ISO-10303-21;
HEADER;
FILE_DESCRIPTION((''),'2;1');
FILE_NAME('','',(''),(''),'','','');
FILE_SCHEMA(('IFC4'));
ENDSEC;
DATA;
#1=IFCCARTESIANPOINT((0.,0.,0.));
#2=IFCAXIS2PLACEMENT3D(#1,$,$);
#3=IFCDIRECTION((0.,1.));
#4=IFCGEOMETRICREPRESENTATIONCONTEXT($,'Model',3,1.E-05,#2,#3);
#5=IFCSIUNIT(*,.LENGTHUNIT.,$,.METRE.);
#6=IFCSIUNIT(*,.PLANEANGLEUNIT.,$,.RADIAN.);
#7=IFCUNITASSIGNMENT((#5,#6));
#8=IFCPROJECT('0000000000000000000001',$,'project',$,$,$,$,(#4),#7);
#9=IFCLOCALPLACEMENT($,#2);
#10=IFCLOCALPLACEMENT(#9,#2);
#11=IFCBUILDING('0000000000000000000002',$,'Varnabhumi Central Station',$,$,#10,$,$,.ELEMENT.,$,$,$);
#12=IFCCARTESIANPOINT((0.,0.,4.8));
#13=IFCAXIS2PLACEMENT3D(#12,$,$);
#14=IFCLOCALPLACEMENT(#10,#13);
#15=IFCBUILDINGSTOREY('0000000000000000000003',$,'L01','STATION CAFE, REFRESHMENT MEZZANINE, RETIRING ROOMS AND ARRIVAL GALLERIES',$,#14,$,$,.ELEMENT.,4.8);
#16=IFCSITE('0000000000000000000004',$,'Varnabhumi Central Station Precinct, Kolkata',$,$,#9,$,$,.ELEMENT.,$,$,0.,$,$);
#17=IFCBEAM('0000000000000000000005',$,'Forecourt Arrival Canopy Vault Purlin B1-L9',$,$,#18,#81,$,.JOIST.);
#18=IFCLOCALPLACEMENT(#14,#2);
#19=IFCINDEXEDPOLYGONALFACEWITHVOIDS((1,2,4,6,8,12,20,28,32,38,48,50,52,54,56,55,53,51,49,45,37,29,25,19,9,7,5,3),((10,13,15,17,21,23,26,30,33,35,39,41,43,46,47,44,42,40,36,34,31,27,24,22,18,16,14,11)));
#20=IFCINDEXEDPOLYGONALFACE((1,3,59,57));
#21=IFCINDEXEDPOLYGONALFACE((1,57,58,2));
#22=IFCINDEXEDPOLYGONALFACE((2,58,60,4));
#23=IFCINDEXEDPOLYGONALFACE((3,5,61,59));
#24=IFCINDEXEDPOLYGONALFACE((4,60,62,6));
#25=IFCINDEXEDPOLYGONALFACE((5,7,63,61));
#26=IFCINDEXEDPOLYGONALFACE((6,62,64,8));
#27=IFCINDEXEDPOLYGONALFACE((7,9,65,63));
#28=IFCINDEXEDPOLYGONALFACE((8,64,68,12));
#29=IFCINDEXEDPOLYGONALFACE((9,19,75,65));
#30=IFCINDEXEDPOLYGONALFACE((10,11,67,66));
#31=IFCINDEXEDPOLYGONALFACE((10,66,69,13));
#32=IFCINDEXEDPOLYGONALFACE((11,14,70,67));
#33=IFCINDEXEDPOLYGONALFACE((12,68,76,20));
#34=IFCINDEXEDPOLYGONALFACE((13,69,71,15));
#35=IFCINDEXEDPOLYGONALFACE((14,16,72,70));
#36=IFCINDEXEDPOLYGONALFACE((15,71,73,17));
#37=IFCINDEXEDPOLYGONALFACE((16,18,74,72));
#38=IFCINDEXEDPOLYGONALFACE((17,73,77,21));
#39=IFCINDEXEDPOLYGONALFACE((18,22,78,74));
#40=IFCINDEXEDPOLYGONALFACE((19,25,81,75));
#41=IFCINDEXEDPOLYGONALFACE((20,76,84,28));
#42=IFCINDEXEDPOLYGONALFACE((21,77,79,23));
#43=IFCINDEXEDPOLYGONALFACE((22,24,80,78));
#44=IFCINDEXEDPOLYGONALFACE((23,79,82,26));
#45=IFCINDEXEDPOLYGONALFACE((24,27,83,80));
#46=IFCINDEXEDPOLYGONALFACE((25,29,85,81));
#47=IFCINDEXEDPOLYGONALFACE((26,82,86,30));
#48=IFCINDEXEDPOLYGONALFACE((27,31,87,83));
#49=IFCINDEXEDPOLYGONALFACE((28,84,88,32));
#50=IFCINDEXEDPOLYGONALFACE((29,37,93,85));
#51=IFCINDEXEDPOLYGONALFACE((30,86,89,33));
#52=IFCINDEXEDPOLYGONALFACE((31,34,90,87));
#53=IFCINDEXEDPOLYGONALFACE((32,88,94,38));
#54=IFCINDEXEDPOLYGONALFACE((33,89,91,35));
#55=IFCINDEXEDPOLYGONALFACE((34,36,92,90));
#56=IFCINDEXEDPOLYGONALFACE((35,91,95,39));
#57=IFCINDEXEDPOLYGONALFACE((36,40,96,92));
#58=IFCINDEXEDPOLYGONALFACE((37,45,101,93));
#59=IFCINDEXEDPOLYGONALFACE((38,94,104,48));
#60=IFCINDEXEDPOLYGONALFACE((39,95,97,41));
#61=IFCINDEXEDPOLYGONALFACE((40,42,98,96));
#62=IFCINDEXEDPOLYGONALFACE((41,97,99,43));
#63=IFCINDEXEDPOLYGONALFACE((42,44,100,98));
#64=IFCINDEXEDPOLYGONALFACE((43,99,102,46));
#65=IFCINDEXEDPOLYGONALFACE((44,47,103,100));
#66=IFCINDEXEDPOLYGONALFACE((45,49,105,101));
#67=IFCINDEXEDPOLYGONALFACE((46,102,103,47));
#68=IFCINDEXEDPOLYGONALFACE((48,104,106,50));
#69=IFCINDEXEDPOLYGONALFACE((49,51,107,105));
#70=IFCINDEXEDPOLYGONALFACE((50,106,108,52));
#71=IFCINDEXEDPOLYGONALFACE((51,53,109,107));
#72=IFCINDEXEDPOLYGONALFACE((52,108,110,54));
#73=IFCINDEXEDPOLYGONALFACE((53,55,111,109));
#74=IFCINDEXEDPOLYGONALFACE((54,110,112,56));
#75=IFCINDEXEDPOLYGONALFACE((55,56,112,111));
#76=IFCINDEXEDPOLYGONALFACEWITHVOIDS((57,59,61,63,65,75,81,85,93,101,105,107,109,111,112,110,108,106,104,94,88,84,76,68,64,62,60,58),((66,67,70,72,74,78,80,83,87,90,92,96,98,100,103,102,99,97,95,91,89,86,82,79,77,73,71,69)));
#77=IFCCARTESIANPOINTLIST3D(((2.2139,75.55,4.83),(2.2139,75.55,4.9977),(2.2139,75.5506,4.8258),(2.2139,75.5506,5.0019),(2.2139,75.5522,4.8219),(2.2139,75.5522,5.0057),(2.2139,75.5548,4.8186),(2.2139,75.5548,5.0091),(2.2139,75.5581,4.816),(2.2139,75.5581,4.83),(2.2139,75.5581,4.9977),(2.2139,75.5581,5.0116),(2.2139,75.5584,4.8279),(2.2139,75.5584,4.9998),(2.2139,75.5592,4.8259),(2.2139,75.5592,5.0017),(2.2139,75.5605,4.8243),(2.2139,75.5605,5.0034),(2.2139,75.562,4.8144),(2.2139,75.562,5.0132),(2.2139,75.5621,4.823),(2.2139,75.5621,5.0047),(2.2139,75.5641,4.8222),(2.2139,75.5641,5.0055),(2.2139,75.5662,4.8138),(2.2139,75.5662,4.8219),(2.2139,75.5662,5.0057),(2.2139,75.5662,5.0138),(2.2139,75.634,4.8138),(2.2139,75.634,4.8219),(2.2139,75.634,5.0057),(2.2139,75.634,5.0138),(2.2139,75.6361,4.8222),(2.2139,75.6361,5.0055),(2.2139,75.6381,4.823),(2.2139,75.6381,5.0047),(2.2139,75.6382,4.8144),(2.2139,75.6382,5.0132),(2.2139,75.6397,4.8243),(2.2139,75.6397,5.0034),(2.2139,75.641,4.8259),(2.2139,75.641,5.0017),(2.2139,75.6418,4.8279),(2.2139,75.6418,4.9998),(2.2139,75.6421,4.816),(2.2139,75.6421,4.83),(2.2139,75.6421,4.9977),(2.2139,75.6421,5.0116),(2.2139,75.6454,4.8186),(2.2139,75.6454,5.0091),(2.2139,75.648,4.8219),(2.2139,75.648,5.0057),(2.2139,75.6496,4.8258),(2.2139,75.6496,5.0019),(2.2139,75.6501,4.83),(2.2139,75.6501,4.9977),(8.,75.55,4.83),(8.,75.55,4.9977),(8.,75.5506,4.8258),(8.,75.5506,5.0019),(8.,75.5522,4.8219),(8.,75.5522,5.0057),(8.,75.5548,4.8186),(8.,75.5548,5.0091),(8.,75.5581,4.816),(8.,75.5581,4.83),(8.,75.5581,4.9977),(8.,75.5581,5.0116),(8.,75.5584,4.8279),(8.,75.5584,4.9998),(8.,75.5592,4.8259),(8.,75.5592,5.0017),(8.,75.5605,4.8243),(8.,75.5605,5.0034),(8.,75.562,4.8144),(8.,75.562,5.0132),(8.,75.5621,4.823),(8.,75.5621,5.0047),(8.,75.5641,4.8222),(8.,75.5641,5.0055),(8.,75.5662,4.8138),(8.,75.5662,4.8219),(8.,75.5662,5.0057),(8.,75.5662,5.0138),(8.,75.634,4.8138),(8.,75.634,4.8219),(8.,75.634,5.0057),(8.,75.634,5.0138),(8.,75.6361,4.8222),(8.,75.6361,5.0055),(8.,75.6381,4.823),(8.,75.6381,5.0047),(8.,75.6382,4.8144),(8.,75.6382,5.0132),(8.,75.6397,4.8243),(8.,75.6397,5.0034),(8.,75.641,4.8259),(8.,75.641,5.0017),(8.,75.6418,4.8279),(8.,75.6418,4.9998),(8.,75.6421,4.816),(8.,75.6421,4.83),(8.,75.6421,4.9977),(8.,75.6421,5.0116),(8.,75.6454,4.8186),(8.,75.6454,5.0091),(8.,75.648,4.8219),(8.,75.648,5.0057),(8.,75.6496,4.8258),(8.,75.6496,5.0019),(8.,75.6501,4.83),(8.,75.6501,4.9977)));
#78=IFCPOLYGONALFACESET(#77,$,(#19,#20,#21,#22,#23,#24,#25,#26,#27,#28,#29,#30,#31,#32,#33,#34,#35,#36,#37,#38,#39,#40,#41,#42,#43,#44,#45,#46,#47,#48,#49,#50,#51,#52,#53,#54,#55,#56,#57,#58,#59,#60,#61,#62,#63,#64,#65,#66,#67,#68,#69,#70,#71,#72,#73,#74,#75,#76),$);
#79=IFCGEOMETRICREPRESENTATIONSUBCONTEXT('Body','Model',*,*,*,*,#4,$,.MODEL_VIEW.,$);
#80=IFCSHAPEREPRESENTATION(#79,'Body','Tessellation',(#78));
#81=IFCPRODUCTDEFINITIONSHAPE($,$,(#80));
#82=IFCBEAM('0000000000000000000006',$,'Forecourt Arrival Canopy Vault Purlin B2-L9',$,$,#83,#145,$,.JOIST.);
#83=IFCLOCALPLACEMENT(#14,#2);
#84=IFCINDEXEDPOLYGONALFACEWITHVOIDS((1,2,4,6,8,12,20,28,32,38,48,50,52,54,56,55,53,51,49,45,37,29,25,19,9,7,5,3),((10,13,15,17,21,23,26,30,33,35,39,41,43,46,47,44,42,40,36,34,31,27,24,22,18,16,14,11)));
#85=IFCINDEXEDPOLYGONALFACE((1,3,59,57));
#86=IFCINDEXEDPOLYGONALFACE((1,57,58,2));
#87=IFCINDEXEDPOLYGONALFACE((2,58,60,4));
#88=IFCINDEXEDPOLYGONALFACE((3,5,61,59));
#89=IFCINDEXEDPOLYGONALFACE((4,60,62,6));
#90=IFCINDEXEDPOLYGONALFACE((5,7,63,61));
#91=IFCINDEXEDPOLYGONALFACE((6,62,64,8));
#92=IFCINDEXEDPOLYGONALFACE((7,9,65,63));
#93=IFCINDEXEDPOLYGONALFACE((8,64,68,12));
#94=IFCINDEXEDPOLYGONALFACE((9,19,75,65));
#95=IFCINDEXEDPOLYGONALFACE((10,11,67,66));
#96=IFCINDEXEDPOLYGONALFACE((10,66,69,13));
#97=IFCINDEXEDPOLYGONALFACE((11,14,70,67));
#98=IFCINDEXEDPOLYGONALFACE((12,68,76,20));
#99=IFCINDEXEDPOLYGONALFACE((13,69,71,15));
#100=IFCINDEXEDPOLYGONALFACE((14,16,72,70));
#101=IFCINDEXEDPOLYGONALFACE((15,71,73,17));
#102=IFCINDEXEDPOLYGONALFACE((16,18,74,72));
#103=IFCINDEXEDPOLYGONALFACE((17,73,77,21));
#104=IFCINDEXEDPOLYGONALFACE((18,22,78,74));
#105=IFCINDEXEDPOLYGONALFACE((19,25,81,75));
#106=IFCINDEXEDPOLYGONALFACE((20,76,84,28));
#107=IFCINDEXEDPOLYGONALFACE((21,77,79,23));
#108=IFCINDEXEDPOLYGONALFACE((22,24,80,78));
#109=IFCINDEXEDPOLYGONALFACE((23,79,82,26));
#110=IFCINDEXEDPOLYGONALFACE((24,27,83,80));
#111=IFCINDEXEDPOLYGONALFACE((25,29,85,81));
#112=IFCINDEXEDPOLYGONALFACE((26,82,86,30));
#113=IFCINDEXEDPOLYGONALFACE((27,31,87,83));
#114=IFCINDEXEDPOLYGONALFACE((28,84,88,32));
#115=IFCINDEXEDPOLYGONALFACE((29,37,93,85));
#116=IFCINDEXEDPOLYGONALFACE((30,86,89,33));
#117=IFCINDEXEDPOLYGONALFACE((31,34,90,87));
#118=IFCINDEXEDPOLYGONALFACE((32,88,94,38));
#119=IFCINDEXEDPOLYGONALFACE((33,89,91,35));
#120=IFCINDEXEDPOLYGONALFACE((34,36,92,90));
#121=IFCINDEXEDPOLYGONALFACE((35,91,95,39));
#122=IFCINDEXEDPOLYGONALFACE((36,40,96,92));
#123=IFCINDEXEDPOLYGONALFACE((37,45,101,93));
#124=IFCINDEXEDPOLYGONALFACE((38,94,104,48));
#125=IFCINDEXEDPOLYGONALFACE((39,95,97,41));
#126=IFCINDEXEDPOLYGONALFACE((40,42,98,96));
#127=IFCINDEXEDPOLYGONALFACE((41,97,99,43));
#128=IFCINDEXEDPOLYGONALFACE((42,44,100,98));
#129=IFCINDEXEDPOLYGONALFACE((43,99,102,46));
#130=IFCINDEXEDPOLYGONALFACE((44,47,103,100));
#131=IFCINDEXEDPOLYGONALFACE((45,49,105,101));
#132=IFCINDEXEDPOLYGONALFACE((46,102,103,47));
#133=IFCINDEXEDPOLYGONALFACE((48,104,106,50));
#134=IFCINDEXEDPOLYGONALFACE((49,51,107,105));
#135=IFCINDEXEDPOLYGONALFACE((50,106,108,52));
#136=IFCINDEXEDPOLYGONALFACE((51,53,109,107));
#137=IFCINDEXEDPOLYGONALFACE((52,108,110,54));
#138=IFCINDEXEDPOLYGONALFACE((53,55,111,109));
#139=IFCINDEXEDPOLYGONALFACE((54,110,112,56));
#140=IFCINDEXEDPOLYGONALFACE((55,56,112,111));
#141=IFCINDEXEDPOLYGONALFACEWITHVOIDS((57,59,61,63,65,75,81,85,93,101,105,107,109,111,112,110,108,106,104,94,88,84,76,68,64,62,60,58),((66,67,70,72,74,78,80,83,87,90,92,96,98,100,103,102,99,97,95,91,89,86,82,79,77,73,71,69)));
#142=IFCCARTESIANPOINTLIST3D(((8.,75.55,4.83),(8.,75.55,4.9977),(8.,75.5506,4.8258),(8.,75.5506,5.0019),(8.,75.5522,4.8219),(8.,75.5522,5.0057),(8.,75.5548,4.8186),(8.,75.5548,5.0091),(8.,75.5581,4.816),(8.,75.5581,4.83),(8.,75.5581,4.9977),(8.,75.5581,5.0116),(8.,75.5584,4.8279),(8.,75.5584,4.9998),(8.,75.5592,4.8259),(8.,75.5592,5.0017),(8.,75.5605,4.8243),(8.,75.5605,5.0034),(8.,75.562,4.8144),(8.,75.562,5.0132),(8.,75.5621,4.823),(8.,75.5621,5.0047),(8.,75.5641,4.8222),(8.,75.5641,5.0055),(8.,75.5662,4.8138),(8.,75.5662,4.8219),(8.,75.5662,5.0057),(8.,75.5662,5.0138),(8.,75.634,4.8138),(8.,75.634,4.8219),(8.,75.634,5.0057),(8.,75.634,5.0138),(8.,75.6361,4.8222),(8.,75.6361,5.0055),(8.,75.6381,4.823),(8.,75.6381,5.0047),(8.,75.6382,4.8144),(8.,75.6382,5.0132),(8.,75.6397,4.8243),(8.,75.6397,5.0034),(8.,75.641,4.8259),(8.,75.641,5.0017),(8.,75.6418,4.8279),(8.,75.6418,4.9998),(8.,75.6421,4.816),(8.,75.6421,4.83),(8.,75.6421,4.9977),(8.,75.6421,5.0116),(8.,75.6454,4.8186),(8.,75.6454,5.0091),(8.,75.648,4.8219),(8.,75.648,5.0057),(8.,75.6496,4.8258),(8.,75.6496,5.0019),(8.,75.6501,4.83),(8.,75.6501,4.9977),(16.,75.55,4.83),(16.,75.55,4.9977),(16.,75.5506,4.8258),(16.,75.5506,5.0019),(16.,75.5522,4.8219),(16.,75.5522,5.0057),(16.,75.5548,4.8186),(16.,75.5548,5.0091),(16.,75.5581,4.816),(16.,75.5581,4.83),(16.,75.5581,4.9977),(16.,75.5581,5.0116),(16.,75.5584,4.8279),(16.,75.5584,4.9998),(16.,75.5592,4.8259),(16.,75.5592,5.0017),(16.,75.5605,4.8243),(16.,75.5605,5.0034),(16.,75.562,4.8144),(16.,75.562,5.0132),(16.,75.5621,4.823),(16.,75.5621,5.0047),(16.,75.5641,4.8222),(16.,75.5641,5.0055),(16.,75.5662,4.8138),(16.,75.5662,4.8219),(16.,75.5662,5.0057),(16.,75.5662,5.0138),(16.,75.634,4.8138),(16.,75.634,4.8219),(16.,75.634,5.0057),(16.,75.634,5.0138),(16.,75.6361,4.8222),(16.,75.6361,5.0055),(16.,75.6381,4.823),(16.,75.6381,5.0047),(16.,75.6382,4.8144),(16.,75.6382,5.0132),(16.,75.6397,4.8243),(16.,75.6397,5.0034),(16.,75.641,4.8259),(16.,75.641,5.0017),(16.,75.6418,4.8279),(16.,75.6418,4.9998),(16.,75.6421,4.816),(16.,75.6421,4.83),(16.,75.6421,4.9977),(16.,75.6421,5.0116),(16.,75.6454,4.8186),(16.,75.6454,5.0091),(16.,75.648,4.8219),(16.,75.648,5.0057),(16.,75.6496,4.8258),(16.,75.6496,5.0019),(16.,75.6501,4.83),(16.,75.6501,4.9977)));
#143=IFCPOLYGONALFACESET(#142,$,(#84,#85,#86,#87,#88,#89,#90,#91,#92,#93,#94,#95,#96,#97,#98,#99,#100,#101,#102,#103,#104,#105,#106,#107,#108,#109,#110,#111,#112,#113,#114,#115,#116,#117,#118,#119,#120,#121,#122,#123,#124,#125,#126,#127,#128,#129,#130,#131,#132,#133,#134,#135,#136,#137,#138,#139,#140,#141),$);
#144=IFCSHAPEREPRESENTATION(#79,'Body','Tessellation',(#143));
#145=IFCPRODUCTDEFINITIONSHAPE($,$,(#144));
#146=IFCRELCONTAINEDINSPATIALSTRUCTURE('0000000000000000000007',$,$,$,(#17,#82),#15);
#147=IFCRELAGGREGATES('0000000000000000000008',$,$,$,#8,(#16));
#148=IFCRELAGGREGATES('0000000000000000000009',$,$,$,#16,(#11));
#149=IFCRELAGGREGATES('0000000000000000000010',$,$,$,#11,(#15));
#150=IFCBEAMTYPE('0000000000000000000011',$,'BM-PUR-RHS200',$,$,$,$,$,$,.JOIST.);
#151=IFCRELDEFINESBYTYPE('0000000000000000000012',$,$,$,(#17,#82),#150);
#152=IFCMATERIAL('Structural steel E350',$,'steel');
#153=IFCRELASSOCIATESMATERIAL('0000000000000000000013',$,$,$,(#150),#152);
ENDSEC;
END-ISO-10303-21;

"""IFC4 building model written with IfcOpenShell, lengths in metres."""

from ifc_helpers import new_model, si_unit, direction, frame, origin, origin_2d, place, context, subcontext, project, spatial, hollow_rectangle, extrude, material, material_profile, profile_set, type_object, element, save


model = new_model("IFC4")

# Units and contexts
model_context = context("Model", 3, precision=1e-05, world=origin(), true_north=direction((0.0, 1.0)))
body_context = subcontext(model_context, "Body", "Model", "MODEL_VIEW")
ifc_project = project(units=[si_unit("LENGTHUNIT", "METRE"), si_unit("PLANEANGLEUNIT", "RADIAN")], contexts=[model_context])

# Site, building, storey
site_placement = place(None, origin())
site = spatial("IfcSite", under=ifc_project, at=site_placement, Name="Varnabhumi Central Station Precinct, Kolkata", CompositionType="ELEMENT", RefElevation=0.0)
building_placement = place(site_placement, origin())
building = spatial("IfcBuilding", under=site, at=building_placement, Name="Varnabhumi Central Station", CompositionType="ELEMENT")
storey_placement = place(building_placement, frame((0.0, 0.0, 4.8)))
storey = spatial("IfcBuildingStorey", under=building, at=storey_placement, Name="L01", Description="STATION CAFE, REFRESHMENT MEZZANINE, RETIRING ROOMS AND ARRIVAL GALLERIES", CompositionType="ELEMENT", Elevation=4.8)

# Beams
ifc_material_1 = material(Name="Structural steel E350", Category="steel")
ifc_material_profile_1 = material_profile(ifc_material_1, hollow_rectangle(XDim=0.1001, YDim=0.2, WallThickness=0.0081, InnerFilletRadius=0.0081, OuterFilletRadius=0.0161, at=origin_2d()), Name="Structural steel E350", Category="steel")
ifc_profile_set_1 = profile_set([ifc_material_profile_1], Name="Structural steel E350")
beam_type_1 = type_object("IfcBeamType", Name="BM-PUR-RHS200", PredefinedType="JOIST", material=ifc_profile_set_1)
beam_1_placement = place(storey_placement, frame((2.2139, 75.6001, 4.9138), z_axis=(1.0, 0.0, 0.0), x_axis=(0.0, 1.0, 0.0)))
element("IfcBeam", 1, at=beam_1_placement, inside=storey, type_object=beam_type_1, Name="Forecourt Arrival Canopy Vault Purlin B1-L9", PredefinedType="JOIST", context=body_context, shape_type="SweptSolid", body=[
    extrude(hollow_rectangle(XDim=0.1001, YDim=0.2, WallThickness=0.0081, InnerFilletRadius=0.0081, OuterFilletRadius=0.0161, at=origin_2d()), origin(), (0.0, 0.0, 1.0), 5.7861),
])
beam_2_placement = place(storey_placement, frame((8.0, 75.6001, 4.9138), z_axis=(1.0, 0.0, 0.0), x_axis=(0.0, 1.0, 0.0)))
element("IfcBeam", 2, at=beam_2_placement, inside=storey, type_object=beam_type_1, Name="Forecourt Arrival Canopy Vault Purlin B2-L9", PredefinedType="JOIST", context=body_context, shape_type="SweptSolid", body=[
    extrude(hollow_rectangle(XDim=0.1001, YDim=0.2, WallThickness=0.0081, InnerFilletRadius=0.0081, OuterFilletRadius=0.0161, at=origin_2d()), origin(), (0.0, 0.0, 1.0), 8.0),
])

save(model, "model.ifc")
